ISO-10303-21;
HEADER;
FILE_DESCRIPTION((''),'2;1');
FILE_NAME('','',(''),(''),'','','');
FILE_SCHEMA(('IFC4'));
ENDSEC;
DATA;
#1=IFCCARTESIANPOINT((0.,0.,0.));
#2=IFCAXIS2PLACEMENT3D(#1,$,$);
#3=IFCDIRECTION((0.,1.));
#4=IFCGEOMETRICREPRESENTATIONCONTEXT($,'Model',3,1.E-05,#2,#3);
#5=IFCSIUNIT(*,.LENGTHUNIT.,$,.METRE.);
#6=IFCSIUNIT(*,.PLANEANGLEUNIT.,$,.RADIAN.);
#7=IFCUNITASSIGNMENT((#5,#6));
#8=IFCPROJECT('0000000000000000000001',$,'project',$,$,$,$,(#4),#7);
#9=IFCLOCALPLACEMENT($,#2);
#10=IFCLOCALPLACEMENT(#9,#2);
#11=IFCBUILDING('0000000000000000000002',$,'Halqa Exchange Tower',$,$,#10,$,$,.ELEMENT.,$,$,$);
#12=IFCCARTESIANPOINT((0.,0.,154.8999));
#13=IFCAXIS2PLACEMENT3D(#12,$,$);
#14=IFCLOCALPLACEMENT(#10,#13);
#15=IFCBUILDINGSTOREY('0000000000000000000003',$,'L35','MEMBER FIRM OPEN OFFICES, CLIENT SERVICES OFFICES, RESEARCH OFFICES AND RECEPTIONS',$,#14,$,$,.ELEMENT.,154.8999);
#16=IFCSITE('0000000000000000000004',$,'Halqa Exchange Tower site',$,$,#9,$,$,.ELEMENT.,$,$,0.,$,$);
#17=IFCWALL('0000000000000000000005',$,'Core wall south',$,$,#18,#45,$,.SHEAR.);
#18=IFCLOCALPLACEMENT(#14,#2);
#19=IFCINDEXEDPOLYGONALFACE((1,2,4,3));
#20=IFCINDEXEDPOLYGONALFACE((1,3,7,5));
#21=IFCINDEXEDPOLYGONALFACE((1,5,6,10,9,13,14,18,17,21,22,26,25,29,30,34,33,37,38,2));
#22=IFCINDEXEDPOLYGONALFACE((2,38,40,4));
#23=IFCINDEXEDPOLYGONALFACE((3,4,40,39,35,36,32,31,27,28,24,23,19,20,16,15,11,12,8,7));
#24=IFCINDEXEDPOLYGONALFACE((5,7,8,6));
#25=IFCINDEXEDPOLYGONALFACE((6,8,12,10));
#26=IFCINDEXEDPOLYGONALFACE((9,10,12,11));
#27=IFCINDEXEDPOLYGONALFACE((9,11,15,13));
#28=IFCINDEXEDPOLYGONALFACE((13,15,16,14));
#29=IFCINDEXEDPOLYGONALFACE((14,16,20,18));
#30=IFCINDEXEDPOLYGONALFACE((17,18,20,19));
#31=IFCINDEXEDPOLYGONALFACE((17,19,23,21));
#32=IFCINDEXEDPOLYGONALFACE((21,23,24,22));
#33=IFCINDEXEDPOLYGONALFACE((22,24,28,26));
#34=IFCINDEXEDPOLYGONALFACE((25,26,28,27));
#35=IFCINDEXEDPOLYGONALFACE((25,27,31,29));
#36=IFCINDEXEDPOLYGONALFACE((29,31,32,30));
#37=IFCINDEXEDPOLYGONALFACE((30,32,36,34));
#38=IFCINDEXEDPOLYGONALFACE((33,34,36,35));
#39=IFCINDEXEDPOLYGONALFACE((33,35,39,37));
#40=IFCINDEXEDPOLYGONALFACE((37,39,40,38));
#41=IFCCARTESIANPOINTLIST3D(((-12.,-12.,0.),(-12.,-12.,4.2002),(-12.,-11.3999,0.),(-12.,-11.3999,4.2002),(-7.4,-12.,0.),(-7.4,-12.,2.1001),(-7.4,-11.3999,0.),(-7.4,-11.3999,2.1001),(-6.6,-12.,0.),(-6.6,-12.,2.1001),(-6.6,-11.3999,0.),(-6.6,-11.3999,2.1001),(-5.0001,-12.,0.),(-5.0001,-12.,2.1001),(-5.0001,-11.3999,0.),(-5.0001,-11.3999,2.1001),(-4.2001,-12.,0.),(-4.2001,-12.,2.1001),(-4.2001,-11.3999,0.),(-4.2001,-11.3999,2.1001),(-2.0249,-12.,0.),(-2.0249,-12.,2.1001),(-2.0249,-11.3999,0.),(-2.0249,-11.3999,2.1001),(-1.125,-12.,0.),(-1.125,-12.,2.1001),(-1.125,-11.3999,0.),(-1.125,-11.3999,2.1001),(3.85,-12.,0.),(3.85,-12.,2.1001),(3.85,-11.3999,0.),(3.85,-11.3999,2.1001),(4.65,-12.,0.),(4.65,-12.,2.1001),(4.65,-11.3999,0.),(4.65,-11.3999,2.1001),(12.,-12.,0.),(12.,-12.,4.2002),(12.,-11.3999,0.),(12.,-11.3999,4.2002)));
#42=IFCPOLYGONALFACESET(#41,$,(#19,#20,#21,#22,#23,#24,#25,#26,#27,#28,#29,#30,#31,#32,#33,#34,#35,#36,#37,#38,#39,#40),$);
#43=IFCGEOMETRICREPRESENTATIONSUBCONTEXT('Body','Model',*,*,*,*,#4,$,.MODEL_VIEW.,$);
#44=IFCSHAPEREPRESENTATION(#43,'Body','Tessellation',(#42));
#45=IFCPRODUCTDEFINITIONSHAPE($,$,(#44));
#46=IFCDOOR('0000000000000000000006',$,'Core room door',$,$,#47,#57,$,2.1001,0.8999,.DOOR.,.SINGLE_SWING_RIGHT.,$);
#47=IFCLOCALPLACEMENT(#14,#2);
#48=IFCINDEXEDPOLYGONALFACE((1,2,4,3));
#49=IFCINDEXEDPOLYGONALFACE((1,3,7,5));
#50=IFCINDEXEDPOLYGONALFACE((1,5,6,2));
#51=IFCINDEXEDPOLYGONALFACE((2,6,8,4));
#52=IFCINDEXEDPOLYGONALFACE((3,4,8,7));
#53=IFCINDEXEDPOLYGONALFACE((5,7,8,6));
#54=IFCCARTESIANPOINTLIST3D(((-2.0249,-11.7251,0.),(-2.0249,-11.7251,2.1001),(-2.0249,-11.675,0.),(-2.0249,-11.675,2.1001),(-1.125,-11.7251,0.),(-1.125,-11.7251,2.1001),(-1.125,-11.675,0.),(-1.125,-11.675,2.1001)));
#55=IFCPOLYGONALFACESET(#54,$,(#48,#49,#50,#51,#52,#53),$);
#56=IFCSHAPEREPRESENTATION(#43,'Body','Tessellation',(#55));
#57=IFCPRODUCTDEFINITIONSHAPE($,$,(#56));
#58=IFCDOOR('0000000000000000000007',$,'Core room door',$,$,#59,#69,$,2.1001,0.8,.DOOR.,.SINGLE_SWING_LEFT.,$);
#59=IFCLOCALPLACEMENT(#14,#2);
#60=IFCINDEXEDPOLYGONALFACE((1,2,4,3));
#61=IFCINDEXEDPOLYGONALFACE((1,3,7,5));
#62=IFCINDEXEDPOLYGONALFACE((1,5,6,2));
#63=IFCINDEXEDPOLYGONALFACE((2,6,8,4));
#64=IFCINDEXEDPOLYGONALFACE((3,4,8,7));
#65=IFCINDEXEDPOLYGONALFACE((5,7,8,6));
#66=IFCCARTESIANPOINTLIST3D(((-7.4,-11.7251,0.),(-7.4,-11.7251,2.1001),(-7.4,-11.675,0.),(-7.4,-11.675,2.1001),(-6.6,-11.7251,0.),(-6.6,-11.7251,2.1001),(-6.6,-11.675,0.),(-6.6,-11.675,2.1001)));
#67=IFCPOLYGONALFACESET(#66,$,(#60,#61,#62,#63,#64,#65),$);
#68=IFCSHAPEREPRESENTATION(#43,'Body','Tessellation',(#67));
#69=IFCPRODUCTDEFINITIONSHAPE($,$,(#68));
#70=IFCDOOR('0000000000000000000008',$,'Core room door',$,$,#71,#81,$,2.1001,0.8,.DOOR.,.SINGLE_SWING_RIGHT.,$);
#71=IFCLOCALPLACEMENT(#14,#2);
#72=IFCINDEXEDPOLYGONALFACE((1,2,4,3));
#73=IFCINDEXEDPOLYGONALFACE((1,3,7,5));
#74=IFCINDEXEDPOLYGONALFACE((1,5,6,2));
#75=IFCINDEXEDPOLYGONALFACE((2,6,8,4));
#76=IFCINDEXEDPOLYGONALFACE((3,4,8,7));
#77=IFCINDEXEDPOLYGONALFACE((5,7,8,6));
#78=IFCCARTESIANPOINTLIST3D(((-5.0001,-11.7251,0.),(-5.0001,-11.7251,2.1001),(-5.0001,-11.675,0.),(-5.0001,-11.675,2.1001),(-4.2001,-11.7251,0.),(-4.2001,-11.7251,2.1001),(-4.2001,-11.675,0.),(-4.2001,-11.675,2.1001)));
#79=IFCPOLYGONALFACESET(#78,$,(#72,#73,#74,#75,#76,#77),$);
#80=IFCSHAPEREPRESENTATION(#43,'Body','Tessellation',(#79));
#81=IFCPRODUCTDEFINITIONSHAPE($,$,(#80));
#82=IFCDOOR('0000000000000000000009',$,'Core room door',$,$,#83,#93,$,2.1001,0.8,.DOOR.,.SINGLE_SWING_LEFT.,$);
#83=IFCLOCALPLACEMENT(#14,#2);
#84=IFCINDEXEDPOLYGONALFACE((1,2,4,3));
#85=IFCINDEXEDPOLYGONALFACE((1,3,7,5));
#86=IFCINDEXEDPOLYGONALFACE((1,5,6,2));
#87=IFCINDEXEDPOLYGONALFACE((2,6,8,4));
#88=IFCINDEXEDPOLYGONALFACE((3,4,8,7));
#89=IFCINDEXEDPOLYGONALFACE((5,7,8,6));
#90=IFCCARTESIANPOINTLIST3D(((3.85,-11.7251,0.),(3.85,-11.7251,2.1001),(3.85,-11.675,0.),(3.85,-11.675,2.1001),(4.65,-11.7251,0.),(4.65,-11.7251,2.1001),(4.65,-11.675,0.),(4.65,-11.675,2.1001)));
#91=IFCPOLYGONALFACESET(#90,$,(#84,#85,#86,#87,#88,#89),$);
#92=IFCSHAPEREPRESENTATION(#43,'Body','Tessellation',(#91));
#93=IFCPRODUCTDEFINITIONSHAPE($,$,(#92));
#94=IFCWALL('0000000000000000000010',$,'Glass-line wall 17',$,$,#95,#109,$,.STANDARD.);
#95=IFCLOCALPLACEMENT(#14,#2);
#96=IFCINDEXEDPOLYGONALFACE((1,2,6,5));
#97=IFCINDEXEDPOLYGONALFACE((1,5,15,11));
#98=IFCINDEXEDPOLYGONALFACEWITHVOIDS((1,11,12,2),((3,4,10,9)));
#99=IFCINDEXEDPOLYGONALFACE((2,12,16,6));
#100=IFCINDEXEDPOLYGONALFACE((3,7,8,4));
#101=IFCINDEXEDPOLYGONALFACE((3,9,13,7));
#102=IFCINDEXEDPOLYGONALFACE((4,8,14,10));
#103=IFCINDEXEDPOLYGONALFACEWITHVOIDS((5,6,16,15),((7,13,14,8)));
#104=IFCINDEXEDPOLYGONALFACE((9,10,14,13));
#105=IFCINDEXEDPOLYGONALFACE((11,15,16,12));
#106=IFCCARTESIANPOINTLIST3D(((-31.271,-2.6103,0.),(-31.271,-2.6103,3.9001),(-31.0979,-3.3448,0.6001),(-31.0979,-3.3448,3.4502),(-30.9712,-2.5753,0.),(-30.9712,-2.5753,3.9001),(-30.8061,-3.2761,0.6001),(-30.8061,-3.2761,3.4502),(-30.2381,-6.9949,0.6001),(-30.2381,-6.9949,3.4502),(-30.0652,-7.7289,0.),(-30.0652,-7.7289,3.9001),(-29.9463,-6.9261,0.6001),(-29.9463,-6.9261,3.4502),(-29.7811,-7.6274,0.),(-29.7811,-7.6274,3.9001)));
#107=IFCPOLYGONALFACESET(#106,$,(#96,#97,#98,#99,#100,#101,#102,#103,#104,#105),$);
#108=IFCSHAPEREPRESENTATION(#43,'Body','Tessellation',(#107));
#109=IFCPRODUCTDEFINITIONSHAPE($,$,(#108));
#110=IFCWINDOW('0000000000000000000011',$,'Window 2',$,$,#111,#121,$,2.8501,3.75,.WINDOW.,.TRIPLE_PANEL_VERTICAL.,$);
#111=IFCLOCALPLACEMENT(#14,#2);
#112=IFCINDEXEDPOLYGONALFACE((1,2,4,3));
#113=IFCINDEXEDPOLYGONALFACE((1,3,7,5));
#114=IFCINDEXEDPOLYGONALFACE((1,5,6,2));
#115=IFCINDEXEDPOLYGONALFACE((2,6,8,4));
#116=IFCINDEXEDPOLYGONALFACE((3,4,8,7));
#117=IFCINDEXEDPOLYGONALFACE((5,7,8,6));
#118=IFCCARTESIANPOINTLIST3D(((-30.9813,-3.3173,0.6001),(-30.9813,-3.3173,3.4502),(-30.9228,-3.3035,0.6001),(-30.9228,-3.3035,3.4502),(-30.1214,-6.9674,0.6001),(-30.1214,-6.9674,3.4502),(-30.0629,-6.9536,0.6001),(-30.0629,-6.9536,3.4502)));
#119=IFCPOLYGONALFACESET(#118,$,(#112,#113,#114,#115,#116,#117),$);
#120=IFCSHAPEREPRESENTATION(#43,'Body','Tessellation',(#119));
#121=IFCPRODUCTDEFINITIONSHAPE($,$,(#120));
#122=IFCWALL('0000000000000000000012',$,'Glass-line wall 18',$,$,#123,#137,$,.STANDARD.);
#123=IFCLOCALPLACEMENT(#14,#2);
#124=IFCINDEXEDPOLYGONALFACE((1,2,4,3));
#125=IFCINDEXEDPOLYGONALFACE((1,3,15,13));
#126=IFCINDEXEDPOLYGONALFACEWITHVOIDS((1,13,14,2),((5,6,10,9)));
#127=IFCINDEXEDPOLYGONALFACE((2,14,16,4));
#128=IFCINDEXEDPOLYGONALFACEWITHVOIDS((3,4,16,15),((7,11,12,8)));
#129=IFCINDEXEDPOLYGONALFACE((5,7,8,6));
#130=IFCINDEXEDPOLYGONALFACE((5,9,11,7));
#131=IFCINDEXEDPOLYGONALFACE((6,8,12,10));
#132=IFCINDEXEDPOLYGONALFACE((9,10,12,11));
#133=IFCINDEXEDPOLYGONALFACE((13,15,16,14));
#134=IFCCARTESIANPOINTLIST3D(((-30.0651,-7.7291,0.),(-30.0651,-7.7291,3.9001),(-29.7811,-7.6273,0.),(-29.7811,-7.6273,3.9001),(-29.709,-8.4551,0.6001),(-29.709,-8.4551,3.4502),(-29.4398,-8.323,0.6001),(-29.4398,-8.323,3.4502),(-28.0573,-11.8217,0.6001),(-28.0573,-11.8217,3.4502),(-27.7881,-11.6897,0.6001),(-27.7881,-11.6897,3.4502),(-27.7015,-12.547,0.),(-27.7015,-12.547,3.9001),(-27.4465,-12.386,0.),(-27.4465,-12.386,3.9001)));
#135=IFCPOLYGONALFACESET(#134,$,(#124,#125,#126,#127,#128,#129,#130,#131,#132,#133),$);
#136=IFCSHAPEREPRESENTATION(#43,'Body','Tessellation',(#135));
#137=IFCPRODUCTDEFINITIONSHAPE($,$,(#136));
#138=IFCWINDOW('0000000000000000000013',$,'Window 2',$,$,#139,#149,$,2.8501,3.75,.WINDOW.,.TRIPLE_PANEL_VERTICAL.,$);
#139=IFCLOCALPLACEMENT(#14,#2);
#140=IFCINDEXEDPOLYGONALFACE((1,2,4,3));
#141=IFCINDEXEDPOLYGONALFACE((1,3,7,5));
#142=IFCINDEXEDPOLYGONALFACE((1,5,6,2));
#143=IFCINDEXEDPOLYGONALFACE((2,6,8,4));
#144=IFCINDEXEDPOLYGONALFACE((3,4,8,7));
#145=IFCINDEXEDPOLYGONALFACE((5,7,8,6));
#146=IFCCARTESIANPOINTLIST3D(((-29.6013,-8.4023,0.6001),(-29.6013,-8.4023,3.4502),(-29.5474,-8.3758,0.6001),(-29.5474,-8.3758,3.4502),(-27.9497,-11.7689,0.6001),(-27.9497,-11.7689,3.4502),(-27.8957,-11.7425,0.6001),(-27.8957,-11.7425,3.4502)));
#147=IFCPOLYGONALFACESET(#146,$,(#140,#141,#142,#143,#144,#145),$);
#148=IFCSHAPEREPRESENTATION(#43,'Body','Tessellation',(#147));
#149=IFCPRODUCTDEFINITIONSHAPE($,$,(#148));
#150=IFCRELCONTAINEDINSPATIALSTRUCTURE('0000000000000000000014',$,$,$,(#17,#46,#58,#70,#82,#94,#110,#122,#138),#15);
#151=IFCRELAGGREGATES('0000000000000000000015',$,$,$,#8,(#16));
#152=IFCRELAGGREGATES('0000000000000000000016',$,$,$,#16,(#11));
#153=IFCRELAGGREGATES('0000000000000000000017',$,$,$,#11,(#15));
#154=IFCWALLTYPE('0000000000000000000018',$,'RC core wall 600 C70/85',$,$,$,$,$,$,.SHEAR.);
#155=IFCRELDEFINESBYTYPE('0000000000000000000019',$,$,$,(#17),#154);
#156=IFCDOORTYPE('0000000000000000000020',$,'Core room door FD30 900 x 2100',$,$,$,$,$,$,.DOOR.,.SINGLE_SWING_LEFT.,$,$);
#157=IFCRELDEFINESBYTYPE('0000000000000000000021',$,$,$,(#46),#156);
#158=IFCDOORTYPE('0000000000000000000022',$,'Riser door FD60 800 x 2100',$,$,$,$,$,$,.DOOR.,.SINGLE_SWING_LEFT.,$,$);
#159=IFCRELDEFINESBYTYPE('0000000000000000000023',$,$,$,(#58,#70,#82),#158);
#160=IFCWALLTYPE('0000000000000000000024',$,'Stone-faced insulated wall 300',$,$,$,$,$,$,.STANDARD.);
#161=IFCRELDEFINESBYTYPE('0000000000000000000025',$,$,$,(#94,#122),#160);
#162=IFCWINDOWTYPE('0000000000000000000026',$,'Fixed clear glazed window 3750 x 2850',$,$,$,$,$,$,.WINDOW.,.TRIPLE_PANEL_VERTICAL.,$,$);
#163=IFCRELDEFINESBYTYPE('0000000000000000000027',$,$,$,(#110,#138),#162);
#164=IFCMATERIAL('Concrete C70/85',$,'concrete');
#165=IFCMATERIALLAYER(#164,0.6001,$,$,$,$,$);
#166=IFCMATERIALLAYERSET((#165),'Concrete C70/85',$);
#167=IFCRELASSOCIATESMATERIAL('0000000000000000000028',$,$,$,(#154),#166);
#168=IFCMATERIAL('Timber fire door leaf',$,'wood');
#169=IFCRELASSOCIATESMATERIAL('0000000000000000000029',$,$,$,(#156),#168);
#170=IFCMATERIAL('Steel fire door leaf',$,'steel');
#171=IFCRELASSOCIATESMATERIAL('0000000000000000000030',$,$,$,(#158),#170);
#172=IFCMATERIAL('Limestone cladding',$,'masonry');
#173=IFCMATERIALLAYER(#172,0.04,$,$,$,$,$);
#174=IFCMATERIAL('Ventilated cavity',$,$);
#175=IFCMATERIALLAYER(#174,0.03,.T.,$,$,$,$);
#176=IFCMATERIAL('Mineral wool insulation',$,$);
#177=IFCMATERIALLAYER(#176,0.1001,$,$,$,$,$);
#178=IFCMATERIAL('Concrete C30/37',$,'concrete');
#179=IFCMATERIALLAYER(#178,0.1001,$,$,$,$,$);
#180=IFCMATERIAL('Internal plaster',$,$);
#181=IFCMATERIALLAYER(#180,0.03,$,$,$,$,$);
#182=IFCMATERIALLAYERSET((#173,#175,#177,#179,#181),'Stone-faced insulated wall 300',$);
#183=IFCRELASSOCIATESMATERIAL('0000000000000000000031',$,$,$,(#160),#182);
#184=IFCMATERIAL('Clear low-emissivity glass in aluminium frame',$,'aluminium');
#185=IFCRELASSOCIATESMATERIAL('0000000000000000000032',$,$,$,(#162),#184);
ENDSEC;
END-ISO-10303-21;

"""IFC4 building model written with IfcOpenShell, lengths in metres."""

from ifc_helpers import new_model, si_unit, direction, frame, frame_2d, origin, place, context, subcontext, project, spatial, polyline, rectangle, outline, extrude, material, layer, layer_set, type_object, element, fill, save


model = new_model("IFC4")

# Units and contexts
model_context = context("Model", 3, precision=1e-05, world=origin(), true_north=direction((0.0, 1.0)))
body_context = subcontext(model_context, "Body", "Model", "MODEL_VIEW")
ifc_project = project(units=[si_unit("LENGTHUNIT", "METRE"), si_unit("PLANEANGLEUNIT", "RADIAN")], contexts=[model_context])

# Site, building, storey
site_placement = place(None, origin())
site = spatial("IfcSite", under=ifc_project, at=site_placement, Name="Halqa Exchange Tower site", CompositionType="ELEMENT", RefElevation=0.0)
building_placement = place(site_placement, origin())
building = spatial("IfcBuilding", under=site, at=building_placement, Name="Halqa Exchange Tower", CompositionType="ELEMENT")
storey_placement = place(building_placement, frame((0.0, 0.0, 154.8999)))
storey = spatial("IfcBuildingStorey", under=building, at=storey_placement, Name="L35", Description="MEMBER FIRM OPEN OFFICES, CLIENT SERVICES OFFICES, RESEARCH OFFICES AND RECEPTIONS", CompositionType="ELEMENT", Elevation=154.8999)

# Shared definitions
ifc_material_1 = material(Name="Concrete C70/85", Category="concrete")

# Wall, openings, doors
ifc_layer_1 = layer(ifc_material_1, 0.6001)
ifc_layer_set_1 = layer_set([ifc_layer_1], Name="Concrete C70/85")
wall_type_1 = type_object("IfcWallType", Name="RC core wall 600 C70/85", PredefinedType="SHEAR", material=ifc_layer_set_1)
wall_1_placement = place(storey_placement, frame((-12.0, -11.7, 0.0), z_axis=(0.0, 0.0, 1.0), x_axis=(1.0, 0.0, 0.0)))
wall_1 = element("IfcWall", 1, at=wall_1_placement, inside=storey, type_object=wall_type_1, Name="Core wall south", PredefinedType="SHEAR", context=body_context, shape_type="SweptSolid", body=[
    extrude(rectangle(XDim=24.0, YDim=0.6001, at=frame_2d((12.0, 0.0))), origin(), (0.0, 0.0, 1.0), 4.2002),
])
opening_1_placement = place(wall_1_placement, frame((9.9751, 0.0, 0.0)))
opening_1 = element("IfcOpeningElement", 2, at=opening_1_placement, cuts=wall_1, PredefinedType="OPENING", context=body_context, shape_type="SweptSolid", body=[
    extrude(rectangle(XDim=0.8999, YDim=2.1001, at=frame_2d((0.45, 1.05))), frame((0.0, 0.312, 0.0), z_axis=(0.0, -1.0, 0.0), x_axis=(1.0, 0.0, 0.0)), (0.0, 0.0, 1.0), 0.624),
])
opening_2_placement = place(wall_1_placement, frame((4.6001, 0.0, 0.0)))
opening_2 = element("IfcOpeningElement", 3, at=opening_2_placement, cuts=wall_1, PredefinedType="OPENING", context=body_context, shape_type="SweptSolid", body=[
    extrude(rectangle(XDim=0.8, YDim=2.1001, at=frame_2d((0.3999, 1.05))), frame((0.0, 0.312, 0.0), z_axis=(0.0, -1.0, 0.0), x_axis=(1.0, 0.0, 0.0)), (0.0, 0.0, 1.0), 0.624),
])
opening_3_placement = place(wall_1_placement, frame((7.0, 0.0, 0.0)))
opening_3 = element("IfcOpeningElement", 4, at=opening_3_placement, cuts=wall_1, PredefinedType="OPENING", context=body_context, shape_type="SweptSolid", body=[
    extrude(rectangle(XDim=0.8, YDim=2.1001, at=frame_2d((0.3999, 1.05))), frame((0.0, 0.312, 0.0), z_axis=(0.0, -1.0, 0.0), x_axis=(1.0, 0.0, 0.0)), (0.0, 0.0, 1.0), 0.624),
])
opening_4_placement = place(wall_1_placement, frame((15.8501, 0.0, 0.0)))
opening_4 = element("IfcOpeningElement", 5, at=opening_4_placement, cuts=wall_1, PredefinedType="OPENING", context=body_context, shape_type="SweptSolid", body=[
    extrude(rectangle(XDim=0.8, YDim=2.1001, at=frame_2d((0.3999, 1.05))), frame((0.0, 0.312, 0.0), z_axis=(0.0, -1.0, 0.0), x_axis=(1.0, 0.0, 0.0)), (0.0, 0.0, 1.0), 0.624),
])
ifc_material_2 = material(Name="Timber fire door leaf", Category="wood")
door_type_1 = type_object("IfcDoorType", Name="Core room door FD30 900 x 2100", OperationType="SINGLE_SWING_LEFT", PredefinedType="DOOR", material=ifc_material_2)
door_1_placement = place(opening_1_placement, origin())
door_1 = element("IfcDoor", 6, at=door_1_placement, inside=storey, type_object=door_type_1, Name="Core room door", OperationType="SINGLE_SWING_RIGHT", OverallHeight=2.1001, OverallWidth=0.8999, PredefinedType="DOOR", context=body_context, shape_type="SweptSolid", body=[
    extrude(rectangle(XDim=0.8999, YDim=2.1001, at=frame_2d((0.45, 1.05))), frame((0.0, 0.0249, 0.0), z_axis=(0.0, -1.0, 0.0), x_axis=(1.0, 0.0, 0.0)), (0.0, 0.0, 1.0), 0.05),
])
fill(opening_1, door_1)
ifc_material_3 = material(Name="Steel fire door leaf", Category="steel")
door_type_2 = type_object("IfcDoorType", Name="Riser door FD60 800 x 2100", OperationType="SINGLE_SWING_LEFT", PredefinedType="DOOR", material=ifc_material_3)
door_2_placement = place(opening_2_placement, origin())
door_2 = element("IfcDoor", 7, at=door_2_placement, inside=storey, type_object=door_type_2, Name="Core room door", OperationType="SINGLE_SWING_LEFT", OverallHeight=2.1001, OverallWidth=0.8, PredefinedType="DOOR", context=body_context, shape_type="SweptSolid", body=[
    extrude(rectangle(XDim=0.8, YDim=2.1001, at=frame_2d((0.3999, 1.05))), frame((0.0, 0.0249, 0.0), z_axis=(0.0, -1.0, 0.0), x_axis=(1.0, 0.0, 0.0)), (0.0, 0.0, 1.0), 0.05),
])
fill(opening_2, door_2)
door_3_placement = place(opening_3_placement, origin())
door_3 = element("IfcDoor", 8, at=door_3_placement, inside=storey, type_object=door_type_2, Name="Core room door", OperationType="SINGLE_SWING_RIGHT", OverallHeight=2.1001, OverallWidth=0.8, PredefinedType="DOOR", context=body_context, shape_type="SweptSolid", body=[
    extrude(rectangle(XDim=0.8, YDim=2.1001, at=frame_2d((0.3999, 1.05))), frame((0.0, 0.0249, 0.0), z_axis=(0.0, -1.0, 0.0), x_axis=(1.0, 0.0, 0.0)), (0.0, 0.0, 1.0), 0.05),
])
fill(opening_3, door_3)
door_4_placement = place(opening_4_placement, origin())
door_4 = element("IfcDoor", 9, at=door_4_placement, inside=storey, type_object=door_type_2, Name="Core room door", OperationType="SINGLE_SWING_LEFT", OverallHeight=2.1001, OverallWidth=0.8, PredefinedType="DOOR", context=body_context, shape_type="SweptSolid", body=[
    extrude(rectangle(XDim=0.8, YDim=2.1001, at=frame_2d((0.3999, 1.05))), frame((0.0, 0.0249, 0.0), z_axis=(0.0, -1.0, 0.0), x_axis=(1.0, 0.0, 0.0)), (0.0, 0.0, 1.0), 0.05),
])
fill(opening_4, door_4)

# Walls, openings, windows
ifc_material_4 = material(Name="Limestone cladding", Category="masonry")
ifc_layer_2 = layer(ifc_material_4, 0.04)
ifc_material_5 = material(Name="Ventilated cavity")
ifc_layer_3 = layer(ifc_material_5, 0.03, ventilated=True)
ifc_material_6 = material(Name="Mineral wool insulation")
ifc_layer_4 = layer(ifc_material_6, 0.1001)
ifc_material_7 = material(Name="Concrete C30/37", Category="concrete")
ifc_layer_5 = layer(ifc_material_7, 0.1001)
ifc_material_8 = material(Name="Internal plaster")
ifc_layer_6 = layer(ifc_material_8, 0.03)
ifc_layer_set_2 = layer_set([ifc_layer_2, ifc_layer_3, ifc_layer_4, ifc_layer_5, ifc_layer_6], Name="Stone-faced insulated wall 300")
wall_type_2 = type_object("IfcWallType", Name="Stone-faced insulated wall 300", PredefinedType="STANDARD", material=ifc_layer_set_2)
wall_2_placement = place(storey_placement, frame((-31.1211, -2.5928, 0.0), z_axis=(0.0, 0.0, 1.0), x_axis=(0.229297, -0.973356, 0.0)))
wall_2 = element("IfcWall", 10, at=wall_2_placement, inside=storey, type_object=wall_type_2, Name="Glass-line wall 17", PredefinedType="STANDARD", context=body_context, shape_type="SweptSolid", body=[
    extrude(outline(polyline([(-0.0173, -0.1499), (5.2415, -0.1499), (5.2078, 0.1499), (0.0173, 0.1499), (-0.0173, -0.1499)])), origin(), (0.0, 0.0, 1.0), 3.9001),
])
opening_5_placement = place(wall_2_placement, frame((0.7373, 0.0, 0.6001)))
opening_5 = element("IfcOpeningElement", 11, at=opening_5_placement, cuts=wall_2, PredefinedType="OPENING", context=body_context, shape_type="SweptSolid", body=[
    extrude(rectangle(XDim=3.75, YDim=2.8501, at=frame_2d((1.875, 1.425))), frame((0.0, 0.1621, 0.0), z_axis=(0.0, -1.0, 0.0), x_axis=(1.0, 0.0, 0.0)), (0.0, 0.0, 1.0), 0.324),
])
ifc_material_9 = material(Name="Clear low-emissivity glass in aluminium frame", Category="aluminium")
window_type = type_object("IfcWindowType", Name="Fixed clear glazed window 3750 x 2850", PartitioningType="TRIPLE_PANEL_VERTICAL", PredefinedType="WINDOW", material=ifc_material_9)
window_1_placement = place(opening_5_placement, origin())
window_1 = element("IfcWindow", 12, at=window_1_placement, inside=storey, type_object=window_type, Name="Window 2", OverallHeight=2.8501, OverallWidth=3.75, PartitioningType="TRIPLE_PANEL_VERTICAL", PredefinedType="WINDOW", context=body_context, shape_type="SweptSolid", body=[
    extrude(rectangle(XDim=3.75, YDim=2.8501, at=frame_2d((1.875, 1.425))), frame((0.0, 0.03, 0.0), z_axis=(0.0, -1.0, 0.0), x_axis=(1.0, 0.0, 0.0)), (0.0, 0.0, 1.0), 0.0601),
])
fill(opening_5, window_1)
wall_3_placement = place(storey_placement, frame((-29.9231, -7.6782, 0.0), z_axis=(0.0, 0.0, 1.0), x_axis=(0.440444, -0.89778, 0.0)))
wall_3 = element("IfcWall", 13, at=wall_3_placement, inside=storey, type_object=wall_type_2, Name="Glass-line wall 18", PredefinedType="STANDARD", context=body_context, shape_type="SweptSolid", body=[
    extrude(outline(polyline([(-0.0168, -0.1499), (5.3496, -0.1499), (5.3174, 0.1499), (0.0168, 0.1499), (-0.0168, -0.1499)])), origin(), (0.0, 0.0, 1.0), 3.9001),
])
opening_6_placement = place(wall_3_placement, frame((0.7917, 0.0, 0.6001)))
opening_6 = element("IfcOpeningElement", 14, at=opening_6_placement, cuts=wall_3, PredefinedType="OPENING", context=body_context, shape_type="SweptSolid", body=[
    extrude(rectangle(XDim=3.75, YDim=2.8501, at=frame_2d((1.875, 1.425))), frame((0.0, 0.1621, 0.0), z_axis=(0.0, -1.0, 0.0), x_axis=(1.0, 0.0, 0.0)), (0.0, 0.0, 1.0), 0.324),
])
window_2_placement = place(opening_6_placement, origin())
window_2 = element("IfcWindow", 15, at=window_2_placement, inside=storey, type_object=window_type, Name="Window 2", OverallHeight=2.8501, OverallWidth=3.75, PartitioningType="TRIPLE_PANEL_VERTICAL", PredefinedType="WINDOW", context=body_context, shape_type="SweptSolid", body=[
    extrude(rectangle(XDim=3.75, YDim=2.8501, at=frame_2d((1.875, 1.425))), frame((0.0, 0.03, 0.0), z_axis=(0.0, -1.0, 0.0), x_axis=(1.0, 0.0, 0.0)), (0.0, 0.0, 1.0), 0.0601),
])
fill(opening_6, window_2)

save(model, "model.ifc")
